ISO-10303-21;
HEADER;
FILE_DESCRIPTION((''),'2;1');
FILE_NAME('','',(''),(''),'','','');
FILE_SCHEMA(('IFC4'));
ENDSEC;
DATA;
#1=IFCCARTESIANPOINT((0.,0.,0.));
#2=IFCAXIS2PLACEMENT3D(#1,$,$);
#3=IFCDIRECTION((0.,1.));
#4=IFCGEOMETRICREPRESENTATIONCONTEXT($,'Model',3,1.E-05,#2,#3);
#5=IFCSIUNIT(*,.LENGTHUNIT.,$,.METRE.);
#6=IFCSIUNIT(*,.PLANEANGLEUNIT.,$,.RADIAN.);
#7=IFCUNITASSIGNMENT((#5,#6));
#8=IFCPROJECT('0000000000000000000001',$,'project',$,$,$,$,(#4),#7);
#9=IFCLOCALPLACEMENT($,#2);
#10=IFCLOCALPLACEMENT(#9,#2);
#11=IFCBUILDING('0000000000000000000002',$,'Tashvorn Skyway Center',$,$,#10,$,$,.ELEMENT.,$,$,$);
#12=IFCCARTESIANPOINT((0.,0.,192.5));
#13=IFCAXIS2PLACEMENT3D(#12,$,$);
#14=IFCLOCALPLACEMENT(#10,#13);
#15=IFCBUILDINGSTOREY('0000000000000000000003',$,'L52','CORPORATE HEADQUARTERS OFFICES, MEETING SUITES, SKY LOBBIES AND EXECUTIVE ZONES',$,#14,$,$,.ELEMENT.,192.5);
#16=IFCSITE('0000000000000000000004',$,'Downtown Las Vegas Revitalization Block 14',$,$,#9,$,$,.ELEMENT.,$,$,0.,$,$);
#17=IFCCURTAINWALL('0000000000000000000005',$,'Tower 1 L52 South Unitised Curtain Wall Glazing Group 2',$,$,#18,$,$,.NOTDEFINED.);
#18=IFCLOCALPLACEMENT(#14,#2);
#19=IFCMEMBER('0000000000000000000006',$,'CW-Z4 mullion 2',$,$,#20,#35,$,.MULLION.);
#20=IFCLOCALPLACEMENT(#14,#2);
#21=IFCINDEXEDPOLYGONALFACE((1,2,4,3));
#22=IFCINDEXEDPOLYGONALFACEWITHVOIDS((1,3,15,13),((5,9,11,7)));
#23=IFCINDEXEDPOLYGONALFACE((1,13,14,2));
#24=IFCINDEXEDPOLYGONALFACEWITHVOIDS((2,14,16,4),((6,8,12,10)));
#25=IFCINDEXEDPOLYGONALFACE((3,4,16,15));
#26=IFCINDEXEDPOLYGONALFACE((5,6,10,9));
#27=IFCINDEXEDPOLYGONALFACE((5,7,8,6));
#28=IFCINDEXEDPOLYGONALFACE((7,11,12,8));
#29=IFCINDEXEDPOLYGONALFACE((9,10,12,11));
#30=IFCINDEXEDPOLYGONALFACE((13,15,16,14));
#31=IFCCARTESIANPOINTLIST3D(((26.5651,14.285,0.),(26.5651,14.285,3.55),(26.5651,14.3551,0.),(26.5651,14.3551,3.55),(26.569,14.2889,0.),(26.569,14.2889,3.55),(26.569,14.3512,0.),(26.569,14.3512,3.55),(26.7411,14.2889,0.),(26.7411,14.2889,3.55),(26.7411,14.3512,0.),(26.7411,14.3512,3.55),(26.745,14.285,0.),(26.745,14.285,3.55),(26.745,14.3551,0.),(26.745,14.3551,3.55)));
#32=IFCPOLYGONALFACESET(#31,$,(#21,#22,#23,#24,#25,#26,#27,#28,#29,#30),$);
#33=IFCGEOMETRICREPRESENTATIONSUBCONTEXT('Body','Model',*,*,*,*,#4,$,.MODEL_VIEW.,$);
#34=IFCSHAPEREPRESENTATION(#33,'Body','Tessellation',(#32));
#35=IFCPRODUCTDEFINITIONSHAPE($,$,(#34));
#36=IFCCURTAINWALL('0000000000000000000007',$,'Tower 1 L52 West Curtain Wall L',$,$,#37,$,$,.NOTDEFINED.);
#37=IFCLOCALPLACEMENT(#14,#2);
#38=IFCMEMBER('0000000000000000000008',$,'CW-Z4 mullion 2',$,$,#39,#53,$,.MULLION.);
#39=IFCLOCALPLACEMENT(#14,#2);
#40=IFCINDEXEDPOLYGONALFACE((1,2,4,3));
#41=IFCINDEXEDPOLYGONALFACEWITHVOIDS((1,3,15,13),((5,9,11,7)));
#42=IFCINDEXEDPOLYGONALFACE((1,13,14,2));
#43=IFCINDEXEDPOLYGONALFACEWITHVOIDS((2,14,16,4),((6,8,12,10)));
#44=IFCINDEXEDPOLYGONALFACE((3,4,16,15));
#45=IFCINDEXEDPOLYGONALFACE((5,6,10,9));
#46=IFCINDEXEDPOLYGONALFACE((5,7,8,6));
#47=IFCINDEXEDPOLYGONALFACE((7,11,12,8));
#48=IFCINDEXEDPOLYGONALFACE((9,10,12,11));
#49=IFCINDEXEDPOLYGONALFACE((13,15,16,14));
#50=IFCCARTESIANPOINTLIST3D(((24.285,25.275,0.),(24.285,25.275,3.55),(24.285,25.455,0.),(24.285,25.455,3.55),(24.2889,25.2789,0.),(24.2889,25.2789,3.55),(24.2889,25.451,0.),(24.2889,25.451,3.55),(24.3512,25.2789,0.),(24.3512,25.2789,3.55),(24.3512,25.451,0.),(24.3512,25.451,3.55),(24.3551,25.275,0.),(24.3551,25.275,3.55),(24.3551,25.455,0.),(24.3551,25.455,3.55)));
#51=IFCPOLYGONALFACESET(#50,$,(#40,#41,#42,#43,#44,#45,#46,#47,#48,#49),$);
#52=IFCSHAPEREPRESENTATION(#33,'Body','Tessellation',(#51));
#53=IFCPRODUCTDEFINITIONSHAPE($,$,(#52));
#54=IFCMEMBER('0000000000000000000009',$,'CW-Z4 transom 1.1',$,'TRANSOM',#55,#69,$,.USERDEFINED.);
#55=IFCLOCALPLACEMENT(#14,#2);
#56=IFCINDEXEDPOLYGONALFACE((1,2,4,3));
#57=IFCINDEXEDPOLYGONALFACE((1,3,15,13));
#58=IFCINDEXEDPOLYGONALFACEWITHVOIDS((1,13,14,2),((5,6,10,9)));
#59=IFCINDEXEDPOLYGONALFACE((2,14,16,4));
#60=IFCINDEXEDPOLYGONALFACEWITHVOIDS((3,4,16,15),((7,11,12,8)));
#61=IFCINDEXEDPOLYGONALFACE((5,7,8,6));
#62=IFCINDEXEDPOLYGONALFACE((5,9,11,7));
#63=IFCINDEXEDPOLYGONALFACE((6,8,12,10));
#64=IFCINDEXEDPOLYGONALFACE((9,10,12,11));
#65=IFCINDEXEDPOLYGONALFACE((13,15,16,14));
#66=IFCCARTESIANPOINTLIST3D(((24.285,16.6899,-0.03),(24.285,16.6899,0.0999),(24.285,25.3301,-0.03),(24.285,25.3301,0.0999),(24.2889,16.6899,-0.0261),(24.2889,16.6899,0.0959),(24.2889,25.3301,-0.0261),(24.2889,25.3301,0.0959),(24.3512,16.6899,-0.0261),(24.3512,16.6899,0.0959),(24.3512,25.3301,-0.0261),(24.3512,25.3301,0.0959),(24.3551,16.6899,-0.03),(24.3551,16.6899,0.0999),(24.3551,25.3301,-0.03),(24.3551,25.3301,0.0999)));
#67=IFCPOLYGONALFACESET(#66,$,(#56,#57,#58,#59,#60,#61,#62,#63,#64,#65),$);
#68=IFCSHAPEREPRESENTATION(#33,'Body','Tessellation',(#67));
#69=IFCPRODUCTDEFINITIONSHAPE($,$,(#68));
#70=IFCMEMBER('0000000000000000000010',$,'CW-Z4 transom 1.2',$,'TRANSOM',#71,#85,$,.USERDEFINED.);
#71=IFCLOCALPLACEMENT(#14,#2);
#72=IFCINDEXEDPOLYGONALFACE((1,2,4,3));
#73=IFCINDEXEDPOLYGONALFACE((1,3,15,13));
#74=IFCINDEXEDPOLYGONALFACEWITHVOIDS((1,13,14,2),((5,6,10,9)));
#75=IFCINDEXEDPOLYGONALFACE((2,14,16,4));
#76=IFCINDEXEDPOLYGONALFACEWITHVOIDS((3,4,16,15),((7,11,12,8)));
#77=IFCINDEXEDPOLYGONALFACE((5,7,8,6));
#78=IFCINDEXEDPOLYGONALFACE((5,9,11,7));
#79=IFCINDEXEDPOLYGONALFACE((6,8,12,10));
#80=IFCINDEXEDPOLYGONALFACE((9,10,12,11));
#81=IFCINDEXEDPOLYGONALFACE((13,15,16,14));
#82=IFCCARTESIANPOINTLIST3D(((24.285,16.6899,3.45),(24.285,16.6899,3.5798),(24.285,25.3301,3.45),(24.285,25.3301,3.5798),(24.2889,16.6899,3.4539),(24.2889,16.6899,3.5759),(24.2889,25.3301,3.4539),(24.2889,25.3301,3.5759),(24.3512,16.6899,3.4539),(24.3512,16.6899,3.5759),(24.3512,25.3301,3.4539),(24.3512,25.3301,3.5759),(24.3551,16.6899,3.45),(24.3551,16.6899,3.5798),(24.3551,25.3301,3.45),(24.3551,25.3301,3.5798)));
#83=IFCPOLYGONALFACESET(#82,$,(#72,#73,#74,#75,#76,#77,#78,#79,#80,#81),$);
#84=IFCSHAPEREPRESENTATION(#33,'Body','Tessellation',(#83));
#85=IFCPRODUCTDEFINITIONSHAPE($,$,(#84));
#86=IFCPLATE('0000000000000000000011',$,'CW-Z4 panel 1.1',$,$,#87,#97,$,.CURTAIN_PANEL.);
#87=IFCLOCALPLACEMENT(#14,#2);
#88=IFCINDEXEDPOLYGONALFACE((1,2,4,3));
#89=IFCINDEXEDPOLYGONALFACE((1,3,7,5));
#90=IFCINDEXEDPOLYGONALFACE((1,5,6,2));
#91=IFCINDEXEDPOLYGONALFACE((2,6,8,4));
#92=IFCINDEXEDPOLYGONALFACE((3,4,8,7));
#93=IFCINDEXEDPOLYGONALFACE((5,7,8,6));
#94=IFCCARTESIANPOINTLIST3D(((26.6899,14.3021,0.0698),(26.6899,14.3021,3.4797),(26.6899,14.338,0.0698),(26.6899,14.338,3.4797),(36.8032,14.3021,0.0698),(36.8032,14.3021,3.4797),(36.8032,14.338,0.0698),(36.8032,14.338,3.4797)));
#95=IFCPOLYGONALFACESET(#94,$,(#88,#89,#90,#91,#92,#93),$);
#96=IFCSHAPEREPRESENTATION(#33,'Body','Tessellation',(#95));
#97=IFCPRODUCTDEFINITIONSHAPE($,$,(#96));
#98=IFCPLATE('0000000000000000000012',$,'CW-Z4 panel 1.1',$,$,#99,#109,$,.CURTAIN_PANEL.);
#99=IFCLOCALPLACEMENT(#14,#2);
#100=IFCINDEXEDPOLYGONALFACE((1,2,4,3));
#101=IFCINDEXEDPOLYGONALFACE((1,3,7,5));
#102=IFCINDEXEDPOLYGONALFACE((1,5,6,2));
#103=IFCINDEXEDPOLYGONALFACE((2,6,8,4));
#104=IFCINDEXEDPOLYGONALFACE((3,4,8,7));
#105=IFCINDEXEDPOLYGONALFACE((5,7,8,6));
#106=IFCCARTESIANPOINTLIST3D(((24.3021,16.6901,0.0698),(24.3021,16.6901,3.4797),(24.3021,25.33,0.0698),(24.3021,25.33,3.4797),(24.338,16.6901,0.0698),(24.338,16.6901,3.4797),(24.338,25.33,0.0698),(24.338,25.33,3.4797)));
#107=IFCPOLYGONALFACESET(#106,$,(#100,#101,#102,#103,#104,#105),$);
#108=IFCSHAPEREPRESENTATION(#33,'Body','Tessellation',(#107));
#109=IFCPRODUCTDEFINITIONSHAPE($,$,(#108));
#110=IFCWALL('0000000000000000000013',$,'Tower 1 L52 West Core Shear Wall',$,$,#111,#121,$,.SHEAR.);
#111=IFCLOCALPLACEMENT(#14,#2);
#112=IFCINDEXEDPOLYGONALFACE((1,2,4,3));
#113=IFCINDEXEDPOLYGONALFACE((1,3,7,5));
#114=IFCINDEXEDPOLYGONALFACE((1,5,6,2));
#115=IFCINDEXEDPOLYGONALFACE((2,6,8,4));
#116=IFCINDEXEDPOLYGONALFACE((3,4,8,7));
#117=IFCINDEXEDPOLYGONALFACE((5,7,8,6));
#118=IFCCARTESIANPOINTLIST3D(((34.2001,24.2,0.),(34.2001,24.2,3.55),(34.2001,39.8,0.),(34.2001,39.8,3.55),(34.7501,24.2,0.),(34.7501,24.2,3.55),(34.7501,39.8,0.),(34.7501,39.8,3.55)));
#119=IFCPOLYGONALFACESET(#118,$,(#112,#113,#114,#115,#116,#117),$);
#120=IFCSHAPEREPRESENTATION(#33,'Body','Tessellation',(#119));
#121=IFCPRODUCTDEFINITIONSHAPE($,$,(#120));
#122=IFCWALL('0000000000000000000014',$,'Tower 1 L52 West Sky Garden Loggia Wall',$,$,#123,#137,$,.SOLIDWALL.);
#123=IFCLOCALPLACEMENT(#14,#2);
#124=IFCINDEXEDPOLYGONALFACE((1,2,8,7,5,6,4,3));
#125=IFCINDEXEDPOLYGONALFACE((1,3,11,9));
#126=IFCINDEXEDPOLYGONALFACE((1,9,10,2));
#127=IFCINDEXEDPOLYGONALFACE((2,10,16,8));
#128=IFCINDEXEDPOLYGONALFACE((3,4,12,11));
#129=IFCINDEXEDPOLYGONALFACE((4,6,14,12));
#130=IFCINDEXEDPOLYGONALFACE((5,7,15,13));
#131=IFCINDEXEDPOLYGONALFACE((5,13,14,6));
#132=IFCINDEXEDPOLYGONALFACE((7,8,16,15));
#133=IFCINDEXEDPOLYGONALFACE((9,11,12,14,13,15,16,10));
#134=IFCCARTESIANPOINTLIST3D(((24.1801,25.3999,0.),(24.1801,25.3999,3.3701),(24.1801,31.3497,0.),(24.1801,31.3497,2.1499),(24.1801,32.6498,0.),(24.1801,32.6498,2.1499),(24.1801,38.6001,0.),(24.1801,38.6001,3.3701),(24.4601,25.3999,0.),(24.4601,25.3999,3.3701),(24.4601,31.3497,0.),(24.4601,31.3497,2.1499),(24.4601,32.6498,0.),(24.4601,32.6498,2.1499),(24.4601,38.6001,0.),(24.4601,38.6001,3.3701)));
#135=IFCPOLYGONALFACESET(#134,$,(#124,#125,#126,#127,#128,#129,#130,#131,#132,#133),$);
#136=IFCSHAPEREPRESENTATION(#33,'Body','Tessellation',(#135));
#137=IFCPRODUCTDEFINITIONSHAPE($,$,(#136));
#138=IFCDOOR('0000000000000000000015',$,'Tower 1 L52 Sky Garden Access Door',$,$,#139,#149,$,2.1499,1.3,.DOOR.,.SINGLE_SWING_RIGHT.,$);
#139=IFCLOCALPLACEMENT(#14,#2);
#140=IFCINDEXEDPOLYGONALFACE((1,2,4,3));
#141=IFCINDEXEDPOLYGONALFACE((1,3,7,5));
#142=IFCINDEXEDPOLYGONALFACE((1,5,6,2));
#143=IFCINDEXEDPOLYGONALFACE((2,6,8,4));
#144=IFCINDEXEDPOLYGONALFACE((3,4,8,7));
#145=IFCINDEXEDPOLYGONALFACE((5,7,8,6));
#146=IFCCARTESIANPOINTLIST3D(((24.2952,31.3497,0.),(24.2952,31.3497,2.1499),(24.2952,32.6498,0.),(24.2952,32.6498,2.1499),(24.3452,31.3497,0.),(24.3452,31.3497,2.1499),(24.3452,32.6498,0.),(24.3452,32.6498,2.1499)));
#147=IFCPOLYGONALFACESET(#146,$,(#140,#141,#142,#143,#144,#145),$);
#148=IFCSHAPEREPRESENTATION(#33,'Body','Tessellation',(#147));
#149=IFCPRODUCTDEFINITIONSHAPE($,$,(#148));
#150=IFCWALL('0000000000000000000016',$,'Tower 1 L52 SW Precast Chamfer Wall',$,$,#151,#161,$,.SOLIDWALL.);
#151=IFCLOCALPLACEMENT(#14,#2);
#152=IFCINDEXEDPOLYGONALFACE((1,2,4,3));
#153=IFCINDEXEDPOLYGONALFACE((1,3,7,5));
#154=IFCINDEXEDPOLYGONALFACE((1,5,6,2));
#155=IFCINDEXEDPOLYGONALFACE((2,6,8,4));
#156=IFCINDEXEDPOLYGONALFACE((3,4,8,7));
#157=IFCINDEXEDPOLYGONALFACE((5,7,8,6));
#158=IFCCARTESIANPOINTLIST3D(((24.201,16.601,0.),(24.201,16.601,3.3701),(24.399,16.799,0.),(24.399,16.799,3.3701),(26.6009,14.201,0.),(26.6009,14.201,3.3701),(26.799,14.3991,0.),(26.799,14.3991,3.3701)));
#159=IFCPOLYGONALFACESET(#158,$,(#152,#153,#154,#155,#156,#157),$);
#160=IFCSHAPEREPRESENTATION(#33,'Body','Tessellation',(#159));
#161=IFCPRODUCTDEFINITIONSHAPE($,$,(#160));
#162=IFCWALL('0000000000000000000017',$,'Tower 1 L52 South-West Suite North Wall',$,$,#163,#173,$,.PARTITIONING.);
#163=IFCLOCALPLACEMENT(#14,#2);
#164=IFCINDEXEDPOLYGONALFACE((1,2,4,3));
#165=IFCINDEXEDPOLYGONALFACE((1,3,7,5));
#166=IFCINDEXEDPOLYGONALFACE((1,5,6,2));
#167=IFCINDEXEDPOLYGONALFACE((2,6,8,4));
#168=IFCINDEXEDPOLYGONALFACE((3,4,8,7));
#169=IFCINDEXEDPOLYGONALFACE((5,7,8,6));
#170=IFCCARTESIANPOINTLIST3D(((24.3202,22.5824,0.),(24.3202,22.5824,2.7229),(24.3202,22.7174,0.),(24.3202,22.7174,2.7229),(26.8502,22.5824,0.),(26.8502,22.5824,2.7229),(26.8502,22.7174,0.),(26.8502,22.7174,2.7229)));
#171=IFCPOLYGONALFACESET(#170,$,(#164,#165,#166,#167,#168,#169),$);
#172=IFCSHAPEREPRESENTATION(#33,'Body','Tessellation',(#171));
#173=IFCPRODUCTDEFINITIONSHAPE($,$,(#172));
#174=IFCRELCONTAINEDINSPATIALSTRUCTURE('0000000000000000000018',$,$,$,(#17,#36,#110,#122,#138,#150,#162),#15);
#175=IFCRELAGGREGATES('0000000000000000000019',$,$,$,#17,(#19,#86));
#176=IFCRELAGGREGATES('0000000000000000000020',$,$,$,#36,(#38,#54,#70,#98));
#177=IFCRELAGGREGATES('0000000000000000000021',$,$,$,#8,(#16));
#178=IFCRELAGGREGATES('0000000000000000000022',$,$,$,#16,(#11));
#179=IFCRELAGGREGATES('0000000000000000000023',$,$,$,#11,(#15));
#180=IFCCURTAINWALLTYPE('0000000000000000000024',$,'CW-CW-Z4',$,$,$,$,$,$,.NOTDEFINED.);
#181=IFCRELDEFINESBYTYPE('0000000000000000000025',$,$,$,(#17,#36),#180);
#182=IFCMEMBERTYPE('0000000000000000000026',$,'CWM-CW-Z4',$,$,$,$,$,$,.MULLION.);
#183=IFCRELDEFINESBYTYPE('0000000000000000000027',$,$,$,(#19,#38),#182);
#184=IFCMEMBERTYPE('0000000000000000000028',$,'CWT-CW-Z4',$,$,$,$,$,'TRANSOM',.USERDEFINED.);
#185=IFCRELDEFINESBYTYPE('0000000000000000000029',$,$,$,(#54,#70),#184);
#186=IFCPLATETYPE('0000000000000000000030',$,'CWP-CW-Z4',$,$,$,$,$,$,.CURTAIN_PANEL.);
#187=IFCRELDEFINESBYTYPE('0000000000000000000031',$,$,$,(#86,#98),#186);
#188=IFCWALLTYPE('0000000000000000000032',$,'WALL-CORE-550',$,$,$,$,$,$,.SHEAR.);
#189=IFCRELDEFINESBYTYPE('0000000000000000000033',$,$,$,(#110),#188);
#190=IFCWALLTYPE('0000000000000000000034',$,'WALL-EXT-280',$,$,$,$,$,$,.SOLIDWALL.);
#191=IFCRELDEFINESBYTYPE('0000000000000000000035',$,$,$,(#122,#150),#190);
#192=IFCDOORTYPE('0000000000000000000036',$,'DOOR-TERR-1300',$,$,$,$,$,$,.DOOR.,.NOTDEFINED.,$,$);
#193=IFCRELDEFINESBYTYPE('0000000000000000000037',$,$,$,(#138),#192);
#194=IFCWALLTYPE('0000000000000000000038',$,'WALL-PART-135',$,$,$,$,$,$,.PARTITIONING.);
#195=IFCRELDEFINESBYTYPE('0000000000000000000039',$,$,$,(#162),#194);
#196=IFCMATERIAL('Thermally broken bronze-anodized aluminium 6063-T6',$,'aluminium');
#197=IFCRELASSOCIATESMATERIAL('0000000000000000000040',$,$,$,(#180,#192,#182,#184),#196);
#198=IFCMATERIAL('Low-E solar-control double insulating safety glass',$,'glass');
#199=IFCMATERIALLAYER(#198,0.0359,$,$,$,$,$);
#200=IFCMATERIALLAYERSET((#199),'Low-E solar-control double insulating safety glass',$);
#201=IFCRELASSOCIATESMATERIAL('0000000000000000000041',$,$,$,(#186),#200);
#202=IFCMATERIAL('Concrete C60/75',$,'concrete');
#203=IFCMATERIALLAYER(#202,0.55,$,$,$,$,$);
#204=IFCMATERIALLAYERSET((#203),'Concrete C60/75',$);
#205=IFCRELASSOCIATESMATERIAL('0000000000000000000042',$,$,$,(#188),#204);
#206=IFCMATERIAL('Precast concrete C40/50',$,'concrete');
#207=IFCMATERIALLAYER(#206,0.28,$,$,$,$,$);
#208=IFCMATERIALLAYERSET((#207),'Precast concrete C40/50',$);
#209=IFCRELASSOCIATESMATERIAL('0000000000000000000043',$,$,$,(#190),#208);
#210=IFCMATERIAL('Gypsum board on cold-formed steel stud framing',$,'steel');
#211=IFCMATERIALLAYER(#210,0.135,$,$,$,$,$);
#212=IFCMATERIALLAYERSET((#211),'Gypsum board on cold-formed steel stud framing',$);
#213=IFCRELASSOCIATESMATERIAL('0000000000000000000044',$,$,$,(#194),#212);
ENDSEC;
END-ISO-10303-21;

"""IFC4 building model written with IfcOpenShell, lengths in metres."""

from ifc_helpers import new_model, si_unit, direction, frame, frame_2d, origin, origin_2d, place, context, subcontext, project, spatial, rectangle, hollow_rectangle, extrude, material, layer, layer_set, material_profile, profile_set, type_object, element, fill, aggregate, save


model = new_model("IFC4")

# Units and contexts
model_context = context("Model", 3, precision=1e-05, world=origin(), true_north=direction((0.0, 1.0)))
body_context = subcontext(model_context, "Body", "Model", "MODEL_VIEW")
ifc_project = project(units=[si_unit("LENGTHUNIT", "METRE"), si_unit("PLANEANGLEUNIT", "RADIAN")], contexts=[model_context])

# Site, building, storey
site_placement = place(None, origin())
site = spatial("IfcSite", under=ifc_project, at=site_placement, Name="Downtown Las Vegas Revitalization Block 14", CompositionType="ELEMENT", RefElevation=0.0)
building_placement = place(site_placement, origin())
building = spatial("IfcBuilding", under=site, at=building_placement, Name="Tashvorn Skyway Center", CompositionType="ELEMENT")
storey_placement = place(building_placement, frame((0.0, 0.0, 192.5)))
storey = spatial("IfcBuildingStorey", under=building, at=storey_placement, Name="L52", Description="CORPORATE HEADQUARTERS OFFICES, MEETING SUITES, SKY LOBBIES AND EXECUTIVE ZONES", CompositionType="ELEMENT", Elevation=192.5)

# Curtain wall, member
ifc_material_1 = material(Name="Thermally broken bronze-anodized aluminium 6063-T6", Category="aluminium")
curtain_wall_type = type_object("IfcCurtainWallType", Name="CW-CW-Z4", PredefinedType="NOTDEFINED", material=ifc_material_1)
curtain_wall_1_placement = place(storey_placement, origin())
curtain_wall_1 = element("IfcCurtainWall", 1, at=curtain_wall_1_placement, inside=storey, type_object=curtain_wall_type, Name="Tower 1 L52 South Unitised Curtain Wall Glazing Group 2", PredefinedType="NOTDEFINED")
ifc_material_profile_1 = material_profile(ifc_material_1, hollow_rectangle(XDim=0.0701, YDim=0.1799, WallThickness=0.0039, at=origin_2d()), Name="ALU-MULL-70x180")
ifc_profile_set_1 = profile_set([ifc_material_profile_1], Name="Thermally broken bronze-anodized aluminium 6063-T6")
member_type_1 = type_object("IfcMemberType", Name="CWM-CW-Z4", PredefinedType="MULLION", material=ifc_profile_set_1)
member_1_placement = place(storey_placement, frame((26.655, 14.3201, 0.0), z_axis=(0.0, 0.0, 1.0), x_axis=(0.0, -1.0, 0.0)))
member_1 = element("IfcMember", 2, at=member_1_placement, type_object=member_type_1, Name="CW-Z4 mullion 2", PredefinedType="MULLION", context=body_context, shape_type="SweptSolid", body=[
    extrude(hollow_rectangle(XDim=0.0701, YDim=0.1799, WallThickness=0.0039, at=origin_2d()), origin(), (0.0, 0.0, 1.0), 3.55),
])

# Curtain wall, members
curtain_wall_2_placement = place(storey_placement, origin())
curtain_wall_2 = element("IfcCurtainWall", 3, at=curtain_wall_2_placement, inside=storey, type_object=curtain_wall_type, Name="Tower 1 L52 West Curtain Wall L", PredefinedType="NOTDEFINED")
member_2_placement = place(storey_placement, frame((24.3201, 25.365, 0.0), z_axis=(0.0, 0.0, 1.0), x_axis=(-1.0, 0.0, 0.0)))
member_2 = element("IfcMember", 4, at=member_2_placement, type_object=member_type_1, Name="CW-Z4 mullion 2", PredefinedType="MULLION", context=body_context, shape_type="SweptSolid", body=[
    extrude(hollow_rectangle(XDim=0.0701, YDim=0.1799, WallThickness=0.0039, at=origin_2d()), origin(), (0.0, 0.0, 1.0), 3.55),
])
ifc_material_profile_2 = material_profile(ifc_material_1, hollow_rectangle(XDim=0.0701, YDim=0.1299, WallThickness=0.0039, at=origin_2d()), Name="ALU-TRAN-70x130")
ifc_profile_set_2 = profile_set([ifc_material_profile_2], Name="Thermally broken bronze-anodized aluminium 6063-T6")
member_type_2 = type_object("IfcMemberType", Name="CWT-CW-Z4", ElementType="TRANSOM", PredefinedType="USERDEFINED", material=ifc_profile_set_2)
member_3_placement = place(storey_placement, frame((24.3201, 16.6899, 0.0349), z_axis=(0.0, 1.0, 0.0), x_axis=(-1.0, 0.0, 0.0)))
member_3 = element("IfcMember", 5, at=member_3_placement, type_object=member_type_2, Name="CW-Z4 transom 1.1", ObjectType="TRANSOM", PredefinedType="USERDEFINED", context=body_context, shape_type="SweptSolid", body=[
    extrude(hollow_rectangle(XDim=0.0701, YDim=0.1299, WallThickness=0.0039, at=origin_2d()), origin(), (0.0, 0.0, 1.0), 8.6401),
])
member_4_placement = place(storey_placement, frame((24.3201, 16.6899, 3.5149), z_axis=(0.0, 1.0, 0.0), x_axis=(-1.0, 0.0, 0.0)))
member_4 = element("IfcMember", 6, at=member_4_placement, type_object=member_type_2, Name="CW-Z4 transom 1.2", ObjectType="TRANSOM", PredefinedType="USERDEFINED", context=body_context, shape_type="SweptSolid", body=[
    extrude(hollow_rectangle(XDim=0.0701, YDim=0.1299, WallThickness=0.0039, at=origin_2d()), origin(), (0.0, 0.0, 1.0), 8.6401),
])

# Plates
ifc_material_2 = material(Name="Low-E solar-control double insulating safety glass", Category="glass")
ifc_layer_1 = layer(ifc_material_2, 0.0359)
ifc_layer_set_1 = layer_set([ifc_layer_1], Name="Low-E solar-control double insulating safety glass")
plate_type = type_object("IfcPlateType", Name="CWP-CW-Z4", PredefinedType="CURTAIN_PANEL", material=ifc_layer_set_1)
plate_1_placement = place(storey_placement, frame((31.7466, 14.3201, 0.0698), z_axis=(0.0, 0.0, 1.0), x_axis=(-1.0, 0.0, 0.0)))
plate_1 = element("IfcPlate", 7, at=plate_1_placement, type_object=plate_type, Name="CW-Z4 panel 1.1", PredefinedType="CURTAIN_PANEL", context=body_context, shape_type="SweptSolid", body=[
    extrude(rectangle(XDim=10.1133, YDim=0.0359, at=origin_2d()), origin(), (0.0, 0.0, 1.0), 3.4099),
])
aggregate(curtain_wall_1, [member_1, plate_1])
plate_2_placement = place(storey_placement, frame((24.3201, 21.01, 0.0698), z_axis=(0.0, 0.0, 1.0), x_axis=(0.0, 1.0, 0.0)))
plate_2 = element("IfcPlate", 8, at=plate_2_placement, type_object=plate_type, Name="CW-Z4 panel 1.1", PredefinedType="CURTAIN_PANEL", context=body_context, shape_type="SweptSolid", body=[
    extrude(rectangle(XDim=8.6399, YDim=0.0359, at=origin_2d()), origin(), (0.0, 0.0, 1.0), 3.4099),
])
aggregate(curtain_wall_2, [member_2, member_3, member_4, plate_2])

# Wall
ifc_material_3 = material(Name="Concrete C60/75", Category="concrete")
ifc_layer_2 = layer(ifc_material_3, 0.55)
ifc_layer_set_2 = layer_set([ifc_layer_2], Name="Concrete C60/75")
wall_type_1 = type_object("IfcWallType", Name="WALL-CORE-550", PredefinedType="SHEAR", material=ifc_layer_set_2)
wall_1_placement = place(storey_placement, frame((34.4751, 24.2, 0.0), z_axis=(0.0, 0.0, 1.0), x_axis=(0.0, 1.0, 0.0)))
element("IfcWall", 9, at=wall_1_placement, inside=storey, type_object=wall_type_1, Name="Tower 1 L52 West Core Shear Wall", PredefinedType="SHEAR", context=body_context, shape_type="SweptSolid", body=[
    extrude(rectangle(XDim=15.6001, YDim=0.55, at=frame_2d((7.8, 0.0))), origin(), (0.0, 0.0, 1.0), 3.55),
])

# Wall, opening, door
ifc_material_4 = material(Name="Precast concrete C40/50", Category="concrete")
ifc_layer_3 = layer(ifc_material_4, 0.28)
ifc_layer_set_3 = layer_set([ifc_layer_3], Name="Precast concrete C40/50")
wall_type_2 = type_object("IfcWallType", Name="WALL-EXT-280", PredefinedType="SOLIDWALL", material=ifc_layer_set_3)
wall_2_placement = place(storey_placement, frame((24.3201, 25.3999, 0.0), z_axis=(0.0, 0.0, 1.0), x_axis=(0.0, 1.0, 0.0)))
wall_2 = element("IfcWall", 10, at=wall_2_placement, inside=storey, type_object=wall_type_2, Name="Tower 1 L52 West Sky Garden Loggia Wall", PredefinedType="SOLIDWALL", context=body_context, shape_type="SweptSolid", body=[
    extrude(rectangle(XDim=13.2002, YDim=0.28, at=frame_2d((6.6001, 0.0))), origin(), (0.0, 0.0, 1.0), 3.3701),
])
opening_1_placement = place(wall_2_placement, frame((5.95, 0.0, 0.0)))
opening_1 = element("IfcOpeningElement", 11, at=opening_1_placement, cuts=wall_2, PredefinedType="OPENING", context=body_context, shape_type="SweptSolid", body=[
    extrude(rectangle(XDim=1.3, YDim=2.1499, at=frame_2d((0.6499, 1.075))), frame((0.0, 0.1499, 0.0), z_axis=(0.0, -1.0, 0.0), x_axis=(1.0, 0.0, 0.0)), (0.0, 0.0, 1.0), 0.3),
])
door_type_1 = type_object("IfcDoorType", Name="DOOR-TERR-1300", OperationType="NOTDEFINED", PredefinedType="DOOR", material=ifc_material_1)
door_1_placement = place(opening_1_placement, origin())
door_1 = element("IfcDoor", 12, at=door_1_placement, inside=storey, type_object=door_type_1, Name="Tower 1 L52 Sky Garden Access Door", OperationType="SINGLE_SWING_RIGHT", OverallHeight=2.1499, OverallWidth=1.3, PredefinedType="DOOR", context=body_context, shape_type="SweptSolid", body=[
    extrude(rectangle(XDim=1.3, YDim=2.1499, at=frame_2d((0.6499, 1.075))), frame((0.0, 0.0249, 0.0), z_axis=(0.0, -1.0, 0.0), x_axis=(1.0, 0.0, 0.0)), (0.0, 0.0, 1.0), 0.05),
])
fill(opening_1, door_1)

# Walls
wall_3_placement = place(storey_placement, frame((26.7, 14.3, 0.0), z_axis=(0.0, 0.0, 1.0), x_axis=(-0.707107, 0.707107, 0.0)))
element("IfcWall", 13, at=wall_3_placement, inside=storey, type_object=wall_type_2, Name="Tower 1 L52 SW Precast Chamfer Wall", PredefinedType="SOLIDWALL", context=body_context, shape_type="SweptSolid", body=[
    extrude(rectangle(XDim=3.394, YDim=0.28, at=frame_2d((1.697, 0.0))), origin(), (0.0, 0.0, 1.0), 3.3701),
])
ifc_material_5 = material(Name="Gypsum board on cold-formed steel stud framing", Category="steel")
ifc_layer_4 = layer(ifc_material_5, 0.135)
ifc_layer_set_4 = layer_set([ifc_layer_4], Name="Gypsum board on cold-formed steel stud framing")
wall_type_3 = type_object("IfcWallType", Name="WALL-PART-135", PredefinedType="PARTITIONING", material=ifc_layer_set_4)
wall_4_placement = place(storey_placement, frame((24.3201, 22.6499, 0.0), z_axis=(0.0, 0.0, 1.0), x_axis=(1.0, 0.0, 0.0)))
element("IfcWall", 14, at=wall_4_placement, inside=storey, type_object=wall_type_3, Name="Tower 1 L52 South-West Suite North Wall", PredefinedType="PARTITIONING", context=body_context, shape_type="SweptSolid", body=[
    extrude(rectangle(XDim=2.53, YDim=0.135, at=frame_2d((1.2651, 0.0))), origin(), (0.0, 0.0, 1.0), 2.7229),
])

save(model, "model.ifc")
